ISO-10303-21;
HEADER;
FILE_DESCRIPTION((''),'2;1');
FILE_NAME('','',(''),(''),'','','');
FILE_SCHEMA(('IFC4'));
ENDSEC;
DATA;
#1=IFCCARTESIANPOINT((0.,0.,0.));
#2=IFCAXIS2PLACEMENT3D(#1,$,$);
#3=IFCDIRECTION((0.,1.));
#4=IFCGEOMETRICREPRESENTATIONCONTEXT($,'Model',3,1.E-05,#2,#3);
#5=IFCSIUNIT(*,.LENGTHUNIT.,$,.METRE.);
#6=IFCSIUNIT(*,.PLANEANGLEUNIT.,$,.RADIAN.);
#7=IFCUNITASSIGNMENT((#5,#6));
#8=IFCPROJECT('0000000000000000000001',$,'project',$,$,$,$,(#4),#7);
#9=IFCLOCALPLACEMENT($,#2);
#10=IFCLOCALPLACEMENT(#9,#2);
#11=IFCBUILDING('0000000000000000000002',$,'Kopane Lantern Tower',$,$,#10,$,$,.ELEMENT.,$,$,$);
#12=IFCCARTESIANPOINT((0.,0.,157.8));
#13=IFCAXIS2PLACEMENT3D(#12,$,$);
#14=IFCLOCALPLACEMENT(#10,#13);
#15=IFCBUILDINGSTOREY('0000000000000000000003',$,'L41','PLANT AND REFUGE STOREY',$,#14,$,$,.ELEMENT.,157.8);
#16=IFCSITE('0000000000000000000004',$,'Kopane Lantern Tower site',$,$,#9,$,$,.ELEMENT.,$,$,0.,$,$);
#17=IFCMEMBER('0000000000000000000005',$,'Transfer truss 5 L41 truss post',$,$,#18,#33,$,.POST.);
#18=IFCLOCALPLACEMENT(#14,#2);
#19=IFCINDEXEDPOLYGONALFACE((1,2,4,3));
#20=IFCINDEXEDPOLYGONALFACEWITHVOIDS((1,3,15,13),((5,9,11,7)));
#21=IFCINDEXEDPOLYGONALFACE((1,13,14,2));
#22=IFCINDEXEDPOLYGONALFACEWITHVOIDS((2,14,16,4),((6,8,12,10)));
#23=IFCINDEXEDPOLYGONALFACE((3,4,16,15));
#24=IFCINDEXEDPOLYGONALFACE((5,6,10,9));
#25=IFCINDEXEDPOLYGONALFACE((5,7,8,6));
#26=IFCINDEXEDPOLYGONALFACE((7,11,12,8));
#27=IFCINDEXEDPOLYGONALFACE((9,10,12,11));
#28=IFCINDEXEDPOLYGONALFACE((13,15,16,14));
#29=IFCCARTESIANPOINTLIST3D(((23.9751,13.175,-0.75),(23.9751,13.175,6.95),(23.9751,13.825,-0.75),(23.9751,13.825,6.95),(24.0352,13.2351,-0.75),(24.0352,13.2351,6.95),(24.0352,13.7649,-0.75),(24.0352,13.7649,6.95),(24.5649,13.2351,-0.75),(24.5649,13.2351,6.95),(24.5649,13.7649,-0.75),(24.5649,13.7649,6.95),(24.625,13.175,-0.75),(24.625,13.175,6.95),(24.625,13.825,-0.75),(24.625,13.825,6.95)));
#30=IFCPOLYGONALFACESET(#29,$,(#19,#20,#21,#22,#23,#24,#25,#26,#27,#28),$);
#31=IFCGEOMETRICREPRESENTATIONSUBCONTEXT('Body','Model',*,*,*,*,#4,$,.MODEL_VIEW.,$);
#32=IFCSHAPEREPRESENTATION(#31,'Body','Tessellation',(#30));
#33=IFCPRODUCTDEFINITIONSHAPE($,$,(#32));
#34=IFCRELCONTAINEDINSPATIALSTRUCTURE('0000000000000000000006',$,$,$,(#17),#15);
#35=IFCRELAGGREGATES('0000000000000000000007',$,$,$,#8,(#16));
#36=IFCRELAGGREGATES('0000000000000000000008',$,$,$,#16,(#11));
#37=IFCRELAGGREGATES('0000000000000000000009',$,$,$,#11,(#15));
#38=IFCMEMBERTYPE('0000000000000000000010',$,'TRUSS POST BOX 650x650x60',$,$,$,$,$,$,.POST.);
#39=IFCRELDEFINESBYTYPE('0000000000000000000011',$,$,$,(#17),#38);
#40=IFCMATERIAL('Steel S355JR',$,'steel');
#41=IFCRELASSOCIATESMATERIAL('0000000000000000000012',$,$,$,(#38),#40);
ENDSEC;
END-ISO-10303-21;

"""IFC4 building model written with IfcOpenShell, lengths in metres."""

from ifc_helpers import new_model, si_unit, direction, frame, origin, origin_2d, place, context, subcontext, project, spatial, hollow_rectangle, extrude, material, material_profile, profile_set, type_object, element, save


model = new_model("IFC4")

# Units and contexts
model_context = context("Model", 3, precision=1e-05, world=origin(), true_north=direction((0.0, 1.0)))
body_context = subcontext(model_context, "Body", "Model", "MODEL_VIEW")
ifc_project = project(units=[si_unit("LENGTHUNIT", "METRE"), si_unit("PLANEANGLEUNIT", "RADIAN")], contexts=[model_context])

# Site, building, storey
site_placement = place(None, origin())
site = spatial("IfcSite", under=ifc_project, at=site_placement, Name="Kopane Lantern Tower site", CompositionType="ELEMENT", RefElevation=0.0)
building_placement = place(site_placement, origin())
building = spatial("IfcBuilding", under=site, at=building_placement, Name="Kopane Lantern Tower", CompositionType="ELEMENT")
storey_placement = place(building_placement, frame((0.0, 0.0, 157.8)))
storey = spatial("IfcBuildingStorey", under=building, at=storey_placement, Name="L41", Description="PLANT AND REFUGE STOREY", CompositionType="ELEMENT", Elevation=157.8)

# Member
ifc_material_1 = material(Name="Steel S355JR", Category="steel")
ifc_material_profile_1 = material_profile(ifc_material_1, hollow_rectangle(XDim=0.6499, YDim=0.6499, WallThickness=0.0601, at=origin_2d()), Name="BOX 650x650x60")
ifc_profile_set_1 = profile_set([ifc_material_profile_1], Name="Steel S355JR")
member_type_1 = type_object("IfcMemberType", Name="TRUSS POST BOX 650x650x60", PredefinedType="POST", material=ifc_profile_set_1)
for number, where, z_axis, x_axis, name in (
    (1, (24.3, 13.5, -0.75), (0.0, 0.0, 1.0), (1.0, 0.0, 0.0), "Transfer truss 5 L41 truss post"),
):
    element("IfcMember", number, at=place(storey_placement, frame(where, z_axis=z_axis, x_axis=x_axis)), inside=storey, type_object=member_type_1, Name=name, PredefinedType="POST", context=body_context, shape_type="SweptSolid", body=[
        extrude(hollow_rectangle(XDim=0.6499, YDim=0.6499, WallThickness=0.0601, at=origin_2d()), origin(), (0.0, 0.0, 1.0), 7.7),
    ])

save(model, "model.ifc")
